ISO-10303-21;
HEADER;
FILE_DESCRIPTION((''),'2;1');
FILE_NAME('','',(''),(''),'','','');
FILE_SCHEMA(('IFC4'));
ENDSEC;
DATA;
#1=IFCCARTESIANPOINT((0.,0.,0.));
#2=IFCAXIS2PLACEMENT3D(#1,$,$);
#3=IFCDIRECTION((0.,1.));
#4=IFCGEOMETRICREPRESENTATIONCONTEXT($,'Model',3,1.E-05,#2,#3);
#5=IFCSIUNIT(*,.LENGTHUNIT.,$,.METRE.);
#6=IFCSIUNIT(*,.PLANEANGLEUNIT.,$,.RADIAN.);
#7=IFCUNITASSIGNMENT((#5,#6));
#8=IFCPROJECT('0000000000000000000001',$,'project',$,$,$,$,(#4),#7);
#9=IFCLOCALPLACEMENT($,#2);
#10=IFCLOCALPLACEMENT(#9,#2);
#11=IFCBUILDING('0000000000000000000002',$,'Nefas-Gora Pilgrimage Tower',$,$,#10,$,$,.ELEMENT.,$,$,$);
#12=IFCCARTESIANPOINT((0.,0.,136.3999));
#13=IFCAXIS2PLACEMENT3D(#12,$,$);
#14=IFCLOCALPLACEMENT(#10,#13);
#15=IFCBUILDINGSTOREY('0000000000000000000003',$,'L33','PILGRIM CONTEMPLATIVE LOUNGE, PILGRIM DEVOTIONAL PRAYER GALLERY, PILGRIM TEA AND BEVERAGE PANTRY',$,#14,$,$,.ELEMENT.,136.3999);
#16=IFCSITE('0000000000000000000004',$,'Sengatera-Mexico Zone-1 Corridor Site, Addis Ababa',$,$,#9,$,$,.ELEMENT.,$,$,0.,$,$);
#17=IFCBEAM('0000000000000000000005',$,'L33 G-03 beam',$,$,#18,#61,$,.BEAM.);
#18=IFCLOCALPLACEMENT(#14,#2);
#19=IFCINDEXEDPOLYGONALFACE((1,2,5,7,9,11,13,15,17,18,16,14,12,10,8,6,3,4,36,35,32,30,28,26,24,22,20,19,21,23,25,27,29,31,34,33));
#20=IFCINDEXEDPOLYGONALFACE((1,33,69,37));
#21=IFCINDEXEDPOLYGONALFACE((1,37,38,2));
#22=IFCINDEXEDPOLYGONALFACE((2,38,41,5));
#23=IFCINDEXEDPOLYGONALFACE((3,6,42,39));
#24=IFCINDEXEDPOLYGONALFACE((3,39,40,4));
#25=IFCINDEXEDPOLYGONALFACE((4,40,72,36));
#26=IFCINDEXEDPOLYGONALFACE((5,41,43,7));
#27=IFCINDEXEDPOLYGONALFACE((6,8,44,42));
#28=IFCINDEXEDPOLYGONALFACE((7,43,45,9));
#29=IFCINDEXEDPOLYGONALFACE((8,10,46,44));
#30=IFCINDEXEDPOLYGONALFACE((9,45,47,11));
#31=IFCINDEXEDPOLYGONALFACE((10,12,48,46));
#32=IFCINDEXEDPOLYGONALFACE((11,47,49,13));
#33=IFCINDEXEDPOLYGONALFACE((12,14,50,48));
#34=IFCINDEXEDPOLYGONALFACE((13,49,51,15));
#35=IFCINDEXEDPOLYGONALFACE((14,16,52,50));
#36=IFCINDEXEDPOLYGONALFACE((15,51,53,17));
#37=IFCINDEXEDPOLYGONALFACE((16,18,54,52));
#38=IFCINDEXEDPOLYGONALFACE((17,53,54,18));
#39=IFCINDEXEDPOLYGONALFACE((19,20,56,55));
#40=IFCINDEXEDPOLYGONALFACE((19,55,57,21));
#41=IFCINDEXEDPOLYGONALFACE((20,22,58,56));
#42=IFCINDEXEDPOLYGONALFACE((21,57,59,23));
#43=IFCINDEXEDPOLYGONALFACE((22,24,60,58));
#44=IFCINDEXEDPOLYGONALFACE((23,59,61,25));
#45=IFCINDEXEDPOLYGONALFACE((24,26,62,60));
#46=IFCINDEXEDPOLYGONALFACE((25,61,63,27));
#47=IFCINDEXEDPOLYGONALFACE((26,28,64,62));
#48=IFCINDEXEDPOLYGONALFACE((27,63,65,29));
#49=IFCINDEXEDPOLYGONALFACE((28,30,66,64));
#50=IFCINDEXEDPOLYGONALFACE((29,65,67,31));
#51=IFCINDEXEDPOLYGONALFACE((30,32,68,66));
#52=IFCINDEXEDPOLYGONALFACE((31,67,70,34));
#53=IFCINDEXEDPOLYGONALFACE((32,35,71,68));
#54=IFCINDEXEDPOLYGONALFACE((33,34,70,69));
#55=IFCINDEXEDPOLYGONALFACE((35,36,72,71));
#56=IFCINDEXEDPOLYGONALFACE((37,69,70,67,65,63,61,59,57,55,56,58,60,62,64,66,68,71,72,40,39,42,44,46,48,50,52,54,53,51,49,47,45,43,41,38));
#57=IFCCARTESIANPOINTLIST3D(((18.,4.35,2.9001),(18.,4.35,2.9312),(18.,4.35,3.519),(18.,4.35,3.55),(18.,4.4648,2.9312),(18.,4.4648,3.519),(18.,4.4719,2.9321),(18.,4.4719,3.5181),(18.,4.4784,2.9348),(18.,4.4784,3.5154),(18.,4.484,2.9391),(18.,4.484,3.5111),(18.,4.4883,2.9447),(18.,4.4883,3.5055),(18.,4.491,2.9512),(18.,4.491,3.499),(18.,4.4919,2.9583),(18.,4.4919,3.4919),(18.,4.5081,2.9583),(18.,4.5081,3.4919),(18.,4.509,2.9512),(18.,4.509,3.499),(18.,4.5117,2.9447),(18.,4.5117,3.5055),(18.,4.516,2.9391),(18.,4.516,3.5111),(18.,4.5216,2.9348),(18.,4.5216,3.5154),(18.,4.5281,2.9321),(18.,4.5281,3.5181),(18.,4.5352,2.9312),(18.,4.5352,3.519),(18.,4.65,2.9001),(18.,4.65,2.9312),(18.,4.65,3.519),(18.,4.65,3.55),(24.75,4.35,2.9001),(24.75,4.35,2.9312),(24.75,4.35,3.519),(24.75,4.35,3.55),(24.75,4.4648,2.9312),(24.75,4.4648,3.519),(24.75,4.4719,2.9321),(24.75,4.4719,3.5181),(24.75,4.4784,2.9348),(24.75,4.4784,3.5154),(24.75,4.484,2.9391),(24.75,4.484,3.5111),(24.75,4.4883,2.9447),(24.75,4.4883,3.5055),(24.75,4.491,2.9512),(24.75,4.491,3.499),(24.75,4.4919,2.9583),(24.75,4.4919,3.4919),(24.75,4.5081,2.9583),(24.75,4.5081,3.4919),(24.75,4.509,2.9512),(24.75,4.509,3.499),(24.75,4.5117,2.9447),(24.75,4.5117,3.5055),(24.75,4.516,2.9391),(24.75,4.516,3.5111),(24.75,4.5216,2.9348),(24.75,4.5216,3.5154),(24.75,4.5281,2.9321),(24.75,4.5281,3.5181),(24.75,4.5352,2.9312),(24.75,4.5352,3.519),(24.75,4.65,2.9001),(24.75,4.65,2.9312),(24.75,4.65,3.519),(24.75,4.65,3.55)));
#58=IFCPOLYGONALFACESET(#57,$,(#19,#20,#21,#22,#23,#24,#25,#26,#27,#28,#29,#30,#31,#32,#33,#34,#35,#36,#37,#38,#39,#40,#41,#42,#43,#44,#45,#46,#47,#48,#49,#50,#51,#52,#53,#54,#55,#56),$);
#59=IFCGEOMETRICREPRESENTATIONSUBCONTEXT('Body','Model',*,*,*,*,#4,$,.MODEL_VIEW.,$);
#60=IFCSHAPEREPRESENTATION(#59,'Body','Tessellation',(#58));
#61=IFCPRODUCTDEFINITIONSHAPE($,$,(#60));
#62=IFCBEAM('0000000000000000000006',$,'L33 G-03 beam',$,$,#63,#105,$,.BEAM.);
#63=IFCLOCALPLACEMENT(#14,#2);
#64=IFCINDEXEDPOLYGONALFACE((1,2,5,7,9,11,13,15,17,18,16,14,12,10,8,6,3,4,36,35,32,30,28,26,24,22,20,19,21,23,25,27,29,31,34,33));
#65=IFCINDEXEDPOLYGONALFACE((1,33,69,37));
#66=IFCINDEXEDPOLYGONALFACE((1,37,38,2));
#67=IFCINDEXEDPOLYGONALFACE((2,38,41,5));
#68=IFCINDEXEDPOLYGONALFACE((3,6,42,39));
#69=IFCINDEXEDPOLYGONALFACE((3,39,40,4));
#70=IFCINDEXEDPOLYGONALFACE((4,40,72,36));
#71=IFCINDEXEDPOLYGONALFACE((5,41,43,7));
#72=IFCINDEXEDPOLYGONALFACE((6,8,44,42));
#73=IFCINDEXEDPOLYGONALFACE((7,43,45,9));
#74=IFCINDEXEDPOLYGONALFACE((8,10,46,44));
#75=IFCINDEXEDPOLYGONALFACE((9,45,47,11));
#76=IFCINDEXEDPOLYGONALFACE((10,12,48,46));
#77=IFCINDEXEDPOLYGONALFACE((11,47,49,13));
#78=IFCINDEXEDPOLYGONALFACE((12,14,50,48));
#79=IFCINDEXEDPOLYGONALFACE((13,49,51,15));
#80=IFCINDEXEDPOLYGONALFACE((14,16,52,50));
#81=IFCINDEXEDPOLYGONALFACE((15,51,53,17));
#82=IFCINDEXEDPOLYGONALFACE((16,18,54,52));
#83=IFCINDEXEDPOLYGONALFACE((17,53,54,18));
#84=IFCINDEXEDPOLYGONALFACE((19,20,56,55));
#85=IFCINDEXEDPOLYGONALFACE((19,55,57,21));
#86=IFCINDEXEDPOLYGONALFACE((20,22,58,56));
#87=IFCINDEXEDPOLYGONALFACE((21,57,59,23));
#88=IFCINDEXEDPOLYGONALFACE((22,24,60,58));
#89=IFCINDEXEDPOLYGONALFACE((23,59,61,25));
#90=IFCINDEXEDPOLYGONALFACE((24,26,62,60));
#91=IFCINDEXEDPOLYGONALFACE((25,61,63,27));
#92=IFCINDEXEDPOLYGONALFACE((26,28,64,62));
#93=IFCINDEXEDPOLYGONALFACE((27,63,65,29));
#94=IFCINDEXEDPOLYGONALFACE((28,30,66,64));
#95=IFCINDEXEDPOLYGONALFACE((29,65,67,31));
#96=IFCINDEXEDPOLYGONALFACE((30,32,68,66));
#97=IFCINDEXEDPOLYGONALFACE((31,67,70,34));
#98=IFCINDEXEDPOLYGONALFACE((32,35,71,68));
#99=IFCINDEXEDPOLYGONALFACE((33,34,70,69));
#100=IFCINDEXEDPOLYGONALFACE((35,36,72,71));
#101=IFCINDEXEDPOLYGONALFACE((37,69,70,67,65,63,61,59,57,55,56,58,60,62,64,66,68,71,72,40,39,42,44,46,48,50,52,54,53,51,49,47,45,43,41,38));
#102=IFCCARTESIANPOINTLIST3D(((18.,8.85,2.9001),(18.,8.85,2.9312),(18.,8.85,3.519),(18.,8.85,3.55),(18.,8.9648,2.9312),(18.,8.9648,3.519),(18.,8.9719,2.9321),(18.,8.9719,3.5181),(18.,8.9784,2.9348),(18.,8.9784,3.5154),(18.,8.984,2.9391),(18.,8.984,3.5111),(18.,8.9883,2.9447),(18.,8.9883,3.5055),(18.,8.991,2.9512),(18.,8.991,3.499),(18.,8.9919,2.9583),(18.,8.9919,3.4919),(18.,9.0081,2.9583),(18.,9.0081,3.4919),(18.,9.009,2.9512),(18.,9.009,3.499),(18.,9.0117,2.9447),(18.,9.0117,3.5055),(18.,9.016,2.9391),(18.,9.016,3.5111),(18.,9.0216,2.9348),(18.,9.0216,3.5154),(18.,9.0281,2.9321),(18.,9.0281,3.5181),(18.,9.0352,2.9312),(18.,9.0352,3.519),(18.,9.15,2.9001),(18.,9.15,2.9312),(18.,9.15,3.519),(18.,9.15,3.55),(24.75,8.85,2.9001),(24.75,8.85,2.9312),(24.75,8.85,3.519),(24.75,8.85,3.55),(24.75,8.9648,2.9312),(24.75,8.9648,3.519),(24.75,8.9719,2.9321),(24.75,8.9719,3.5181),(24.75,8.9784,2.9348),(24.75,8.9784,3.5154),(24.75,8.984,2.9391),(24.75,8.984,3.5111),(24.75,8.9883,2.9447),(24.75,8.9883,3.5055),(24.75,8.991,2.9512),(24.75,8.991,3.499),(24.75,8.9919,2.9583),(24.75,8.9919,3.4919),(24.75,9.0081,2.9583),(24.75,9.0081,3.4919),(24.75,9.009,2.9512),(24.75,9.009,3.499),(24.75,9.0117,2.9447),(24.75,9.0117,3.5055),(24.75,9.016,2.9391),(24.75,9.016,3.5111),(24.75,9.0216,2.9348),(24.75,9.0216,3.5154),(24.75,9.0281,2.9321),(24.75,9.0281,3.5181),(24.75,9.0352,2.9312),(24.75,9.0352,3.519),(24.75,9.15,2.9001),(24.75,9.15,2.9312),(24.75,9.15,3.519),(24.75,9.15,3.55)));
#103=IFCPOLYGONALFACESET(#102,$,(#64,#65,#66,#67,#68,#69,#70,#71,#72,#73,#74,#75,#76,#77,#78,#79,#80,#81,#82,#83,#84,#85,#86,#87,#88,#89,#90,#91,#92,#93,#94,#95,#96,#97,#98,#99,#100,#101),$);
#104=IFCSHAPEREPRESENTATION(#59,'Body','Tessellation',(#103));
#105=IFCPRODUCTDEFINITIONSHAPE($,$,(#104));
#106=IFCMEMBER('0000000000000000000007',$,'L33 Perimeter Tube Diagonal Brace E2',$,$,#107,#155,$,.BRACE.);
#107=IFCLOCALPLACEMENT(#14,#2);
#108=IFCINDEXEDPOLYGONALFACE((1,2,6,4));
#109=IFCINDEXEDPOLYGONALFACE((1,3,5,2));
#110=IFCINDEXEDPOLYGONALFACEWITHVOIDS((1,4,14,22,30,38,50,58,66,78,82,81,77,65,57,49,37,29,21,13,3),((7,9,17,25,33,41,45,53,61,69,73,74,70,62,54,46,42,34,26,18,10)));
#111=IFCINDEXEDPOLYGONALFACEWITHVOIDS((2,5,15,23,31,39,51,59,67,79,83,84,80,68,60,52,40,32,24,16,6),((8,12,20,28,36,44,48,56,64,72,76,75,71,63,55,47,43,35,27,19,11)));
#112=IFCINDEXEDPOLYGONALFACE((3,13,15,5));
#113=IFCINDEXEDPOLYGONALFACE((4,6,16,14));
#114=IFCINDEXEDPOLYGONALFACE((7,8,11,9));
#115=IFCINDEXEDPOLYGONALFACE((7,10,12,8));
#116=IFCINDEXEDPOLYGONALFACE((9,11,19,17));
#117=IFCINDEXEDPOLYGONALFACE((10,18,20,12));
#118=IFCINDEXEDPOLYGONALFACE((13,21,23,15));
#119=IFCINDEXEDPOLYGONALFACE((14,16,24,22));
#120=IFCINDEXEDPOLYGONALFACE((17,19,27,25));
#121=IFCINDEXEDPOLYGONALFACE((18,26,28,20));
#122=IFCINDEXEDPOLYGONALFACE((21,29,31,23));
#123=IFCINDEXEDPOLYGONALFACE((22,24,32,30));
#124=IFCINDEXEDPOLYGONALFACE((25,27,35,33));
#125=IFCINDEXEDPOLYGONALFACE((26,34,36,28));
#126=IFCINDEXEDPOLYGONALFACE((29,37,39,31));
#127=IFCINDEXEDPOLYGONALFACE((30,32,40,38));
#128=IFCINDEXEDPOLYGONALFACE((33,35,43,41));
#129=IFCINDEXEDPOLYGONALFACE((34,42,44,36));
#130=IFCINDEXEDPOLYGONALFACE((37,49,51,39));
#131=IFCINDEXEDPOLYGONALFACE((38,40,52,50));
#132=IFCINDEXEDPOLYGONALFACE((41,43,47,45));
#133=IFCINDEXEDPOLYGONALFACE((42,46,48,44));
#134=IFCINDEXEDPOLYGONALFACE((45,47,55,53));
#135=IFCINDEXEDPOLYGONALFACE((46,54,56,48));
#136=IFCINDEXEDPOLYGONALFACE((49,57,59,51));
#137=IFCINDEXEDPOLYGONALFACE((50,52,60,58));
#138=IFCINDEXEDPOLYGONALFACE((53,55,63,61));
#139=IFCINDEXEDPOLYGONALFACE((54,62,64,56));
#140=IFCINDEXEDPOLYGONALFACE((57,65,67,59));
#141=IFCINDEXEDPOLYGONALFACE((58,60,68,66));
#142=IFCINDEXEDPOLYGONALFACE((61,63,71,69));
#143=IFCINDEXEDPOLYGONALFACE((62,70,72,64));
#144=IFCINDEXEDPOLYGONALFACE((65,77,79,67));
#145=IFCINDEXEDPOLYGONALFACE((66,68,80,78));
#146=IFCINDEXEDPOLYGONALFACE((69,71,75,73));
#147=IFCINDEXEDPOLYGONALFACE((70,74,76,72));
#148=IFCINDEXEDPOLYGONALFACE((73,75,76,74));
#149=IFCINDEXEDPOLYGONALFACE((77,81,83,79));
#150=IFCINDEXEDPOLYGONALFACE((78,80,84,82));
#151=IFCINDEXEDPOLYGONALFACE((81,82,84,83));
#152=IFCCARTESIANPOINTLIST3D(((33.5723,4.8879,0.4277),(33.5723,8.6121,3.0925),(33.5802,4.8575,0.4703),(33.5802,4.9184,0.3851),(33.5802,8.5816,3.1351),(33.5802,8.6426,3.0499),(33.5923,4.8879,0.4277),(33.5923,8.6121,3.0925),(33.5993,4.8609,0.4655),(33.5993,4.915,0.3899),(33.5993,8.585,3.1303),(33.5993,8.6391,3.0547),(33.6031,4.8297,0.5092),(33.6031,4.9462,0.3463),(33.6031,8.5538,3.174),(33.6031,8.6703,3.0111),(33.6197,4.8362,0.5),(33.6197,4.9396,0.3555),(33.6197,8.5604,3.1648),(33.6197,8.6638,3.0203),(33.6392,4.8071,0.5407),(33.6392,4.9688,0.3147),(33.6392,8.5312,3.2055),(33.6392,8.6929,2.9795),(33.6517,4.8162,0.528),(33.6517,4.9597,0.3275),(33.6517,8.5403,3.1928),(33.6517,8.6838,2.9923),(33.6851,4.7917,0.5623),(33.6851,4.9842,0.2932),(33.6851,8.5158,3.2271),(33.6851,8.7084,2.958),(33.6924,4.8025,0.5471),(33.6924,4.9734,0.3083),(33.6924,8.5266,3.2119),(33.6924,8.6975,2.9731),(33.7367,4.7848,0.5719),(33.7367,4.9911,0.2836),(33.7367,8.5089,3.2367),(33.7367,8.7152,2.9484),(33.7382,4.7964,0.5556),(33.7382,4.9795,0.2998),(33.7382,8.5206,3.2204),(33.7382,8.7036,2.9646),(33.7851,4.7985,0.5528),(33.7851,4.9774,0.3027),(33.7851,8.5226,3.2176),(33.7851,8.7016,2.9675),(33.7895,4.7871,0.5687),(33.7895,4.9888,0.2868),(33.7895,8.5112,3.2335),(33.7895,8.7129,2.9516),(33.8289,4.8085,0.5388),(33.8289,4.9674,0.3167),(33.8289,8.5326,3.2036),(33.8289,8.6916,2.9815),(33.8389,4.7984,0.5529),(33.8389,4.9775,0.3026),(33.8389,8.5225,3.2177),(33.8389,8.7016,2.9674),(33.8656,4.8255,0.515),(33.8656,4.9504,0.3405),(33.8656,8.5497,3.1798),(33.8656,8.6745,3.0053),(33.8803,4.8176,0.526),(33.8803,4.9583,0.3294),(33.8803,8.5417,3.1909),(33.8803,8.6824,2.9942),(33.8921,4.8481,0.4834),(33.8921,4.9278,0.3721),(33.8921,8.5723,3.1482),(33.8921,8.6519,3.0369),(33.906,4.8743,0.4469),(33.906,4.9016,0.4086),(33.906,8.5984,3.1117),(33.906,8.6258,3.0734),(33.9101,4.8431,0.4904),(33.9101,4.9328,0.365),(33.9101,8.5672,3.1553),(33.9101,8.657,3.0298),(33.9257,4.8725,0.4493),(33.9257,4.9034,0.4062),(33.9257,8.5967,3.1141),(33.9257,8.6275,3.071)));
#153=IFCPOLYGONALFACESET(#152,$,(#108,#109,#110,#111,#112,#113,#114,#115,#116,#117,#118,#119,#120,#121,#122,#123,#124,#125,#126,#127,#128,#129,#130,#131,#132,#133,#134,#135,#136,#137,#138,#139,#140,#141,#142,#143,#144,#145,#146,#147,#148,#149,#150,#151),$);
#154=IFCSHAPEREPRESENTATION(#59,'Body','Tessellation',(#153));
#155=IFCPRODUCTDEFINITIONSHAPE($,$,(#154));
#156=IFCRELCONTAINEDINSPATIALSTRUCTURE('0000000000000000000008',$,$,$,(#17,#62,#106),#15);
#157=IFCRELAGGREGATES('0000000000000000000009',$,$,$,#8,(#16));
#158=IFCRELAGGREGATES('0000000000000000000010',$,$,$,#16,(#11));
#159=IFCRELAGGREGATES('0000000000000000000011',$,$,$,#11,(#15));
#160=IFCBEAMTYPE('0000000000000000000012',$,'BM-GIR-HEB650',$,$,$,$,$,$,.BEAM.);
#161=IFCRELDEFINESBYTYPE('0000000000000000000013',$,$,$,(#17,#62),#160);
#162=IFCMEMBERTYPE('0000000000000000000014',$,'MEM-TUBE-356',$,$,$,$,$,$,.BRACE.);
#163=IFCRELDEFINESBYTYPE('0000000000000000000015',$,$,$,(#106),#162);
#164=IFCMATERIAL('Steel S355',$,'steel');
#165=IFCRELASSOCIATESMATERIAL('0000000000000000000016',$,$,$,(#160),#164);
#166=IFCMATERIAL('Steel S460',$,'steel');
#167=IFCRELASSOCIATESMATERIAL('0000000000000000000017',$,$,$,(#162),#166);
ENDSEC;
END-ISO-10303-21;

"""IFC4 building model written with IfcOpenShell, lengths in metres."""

from ifc_helpers import new_model, si_unit, direction, frame, origin, origin_2d, place, context, subcontext, project, spatial, hollow_circle, i_section, extrude, source, transform, mapped, material, material_profile, profile_set, type_object, element, save


model = new_model("IFC4")

# Units and contexts
model_context = context("Model", 3, precision=1e-05, world=origin(), true_north=direction((0.0, 1.0)))
body_context = subcontext(model_context, "Body", "Model", "MODEL_VIEW")
ifc_project = project(units=[si_unit("LENGTHUNIT", "METRE"), si_unit("PLANEANGLEUNIT", "RADIAN")], contexts=[model_context])

# Site, building, storey
site_placement = place(None, origin())
site = spatial("IfcSite", under=ifc_project, at=site_placement, Name="Sengatera-Mexico Zone-1 Corridor Site, Addis Ababa", CompositionType="ELEMENT", RefElevation=0.0)
building_placement = place(site_placement, origin())
building = spatial("IfcBuilding", under=site, at=building_placement, Name="Nefas-Gora Pilgrimage Tower", CompositionType="ELEMENT")
storey_placement = place(building_placement, frame((0.0, 0.0, 136.3999)))
storey = spatial("IfcBuildingStorey", under=building, at=storey_placement, Name="L33", Description="PILGRIM CONTEMPLATIVE LOUNGE, PILGRIM DEVOTIONAL PRAYER GALLERY, PILGRIM TEA AND BEVERAGE PANTRY", CompositionType="ELEMENT", Elevation=136.3999)

# Shared definitions
ifc_material_1 = material(Name="Steel S460", Category="steel")

# Beams
ifc_material_2 = material(Name="Steel S355", Category="steel")
ifc_material_profile_1 = material_profile(ifc_material_2, i_section(OverallWidth=0.3, OverallDepth=0.6499, WebThickness=0.0161, FlangeThickness=0.031, FilletRadius=0.0271, at=origin_2d()), Name="HEB 650")
ifc_profile_set_1 = profile_set([ifc_material_profile_1], Name="Steel S355")
beam_type_1 = type_object("IfcBeamType", Name="BM-GIR-HEB650", PredefinedType="BEAM", material=ifc_profile_set_1)
shared_shape_1 = source(origin(), body_context, "Body", "SweptSolid", [
    extrude(i_section(OverallWidth=0.3, OverallDepth=0.6499, WebThickness=0.0161, FlangeThickness=0.031, FilletRadius=0.0271, at=origin_2d()), origin(), (0.0, 0.0, 1.0), 6.75),
])
for number, where, z_axis, x_axis, name in (
    (1, (18.0, 4.5, 3.2251), (1.0, 0.0, 0.0), (0.0, 1.0, 0.0), "L33 G-03 beam"),
    (2, (18.0, 9.0, 3.2251), (1.0, 0.0, 0.0), (0.0, 1.0, 0.0), "L33 G-03 beam"),
):
    element("IfcBeam", number, at=place(storey_placement, frame(where, z_axis=z_axis, x_axis=x_axis)), inside=storey, type_object=beam_type_1, Name=name, PredefinedType="BEAM", context=body_context, shape_type="MappedRepresentation", body=[
        mapped(shared_shape_1, transform((0.0, 0.0, 0.0), x_axis=(1.0, 0.0, 0.0), y_axis=(0.0, 1.0, 0.0), z_axis=(0.0, 0.0, 1.0), scale=1.0)),
    ])

# Member
ifc_material_profile_2 = material_profile(ifc_material_1, hollow_circle(Radius=0.1777, WallThickness=0.02, at=origin_2d()), Name="CHS 355.6x20")
ifc_profile_set_2 = profile_set([ifc_material_profile_2], Name="Steel S460")
member_type_1 = type_object("IfcMemberType", Name="MEM-TUBE-356", PredefinedType="BRACE", material=ifc_profile_set_2)
shared_shape_2 = source(origin(), body_context, "Body", "SweptSolid", [
    extrude(hollow_circle(Radius=0.1777, WallThickness=0.02, at=origin_2d()), origin(), (0.0, 0.0, 1.0), 4.5793),
])
member_1_placement = place(storey_placement, frame((33.75, 4.8879, 0.4277), z_axis=(0.0, 0.813247, 0.581919), x_axis=(-1.0, 0.0, 0.0)))
element("IfcMember", 3, at=member_1_placement, inside=storey, type_object=member_type_1, Name="L33 Perimeter Tube Diagonal Brace E2", PredefinedType="BRACE", context=body_context, shape_type="MappedRepresentation", body=[
    mapped(shared_shape_2, transform((0.0, 0.0, 0.0), x_axis=(1.0, 0.0, 0.0), y_axis=(0.0, 1.0, 0.0), z_axis=(0.0, 0.0, 1.0), scale=1.0)),
])

save(model, "model.ifc")
